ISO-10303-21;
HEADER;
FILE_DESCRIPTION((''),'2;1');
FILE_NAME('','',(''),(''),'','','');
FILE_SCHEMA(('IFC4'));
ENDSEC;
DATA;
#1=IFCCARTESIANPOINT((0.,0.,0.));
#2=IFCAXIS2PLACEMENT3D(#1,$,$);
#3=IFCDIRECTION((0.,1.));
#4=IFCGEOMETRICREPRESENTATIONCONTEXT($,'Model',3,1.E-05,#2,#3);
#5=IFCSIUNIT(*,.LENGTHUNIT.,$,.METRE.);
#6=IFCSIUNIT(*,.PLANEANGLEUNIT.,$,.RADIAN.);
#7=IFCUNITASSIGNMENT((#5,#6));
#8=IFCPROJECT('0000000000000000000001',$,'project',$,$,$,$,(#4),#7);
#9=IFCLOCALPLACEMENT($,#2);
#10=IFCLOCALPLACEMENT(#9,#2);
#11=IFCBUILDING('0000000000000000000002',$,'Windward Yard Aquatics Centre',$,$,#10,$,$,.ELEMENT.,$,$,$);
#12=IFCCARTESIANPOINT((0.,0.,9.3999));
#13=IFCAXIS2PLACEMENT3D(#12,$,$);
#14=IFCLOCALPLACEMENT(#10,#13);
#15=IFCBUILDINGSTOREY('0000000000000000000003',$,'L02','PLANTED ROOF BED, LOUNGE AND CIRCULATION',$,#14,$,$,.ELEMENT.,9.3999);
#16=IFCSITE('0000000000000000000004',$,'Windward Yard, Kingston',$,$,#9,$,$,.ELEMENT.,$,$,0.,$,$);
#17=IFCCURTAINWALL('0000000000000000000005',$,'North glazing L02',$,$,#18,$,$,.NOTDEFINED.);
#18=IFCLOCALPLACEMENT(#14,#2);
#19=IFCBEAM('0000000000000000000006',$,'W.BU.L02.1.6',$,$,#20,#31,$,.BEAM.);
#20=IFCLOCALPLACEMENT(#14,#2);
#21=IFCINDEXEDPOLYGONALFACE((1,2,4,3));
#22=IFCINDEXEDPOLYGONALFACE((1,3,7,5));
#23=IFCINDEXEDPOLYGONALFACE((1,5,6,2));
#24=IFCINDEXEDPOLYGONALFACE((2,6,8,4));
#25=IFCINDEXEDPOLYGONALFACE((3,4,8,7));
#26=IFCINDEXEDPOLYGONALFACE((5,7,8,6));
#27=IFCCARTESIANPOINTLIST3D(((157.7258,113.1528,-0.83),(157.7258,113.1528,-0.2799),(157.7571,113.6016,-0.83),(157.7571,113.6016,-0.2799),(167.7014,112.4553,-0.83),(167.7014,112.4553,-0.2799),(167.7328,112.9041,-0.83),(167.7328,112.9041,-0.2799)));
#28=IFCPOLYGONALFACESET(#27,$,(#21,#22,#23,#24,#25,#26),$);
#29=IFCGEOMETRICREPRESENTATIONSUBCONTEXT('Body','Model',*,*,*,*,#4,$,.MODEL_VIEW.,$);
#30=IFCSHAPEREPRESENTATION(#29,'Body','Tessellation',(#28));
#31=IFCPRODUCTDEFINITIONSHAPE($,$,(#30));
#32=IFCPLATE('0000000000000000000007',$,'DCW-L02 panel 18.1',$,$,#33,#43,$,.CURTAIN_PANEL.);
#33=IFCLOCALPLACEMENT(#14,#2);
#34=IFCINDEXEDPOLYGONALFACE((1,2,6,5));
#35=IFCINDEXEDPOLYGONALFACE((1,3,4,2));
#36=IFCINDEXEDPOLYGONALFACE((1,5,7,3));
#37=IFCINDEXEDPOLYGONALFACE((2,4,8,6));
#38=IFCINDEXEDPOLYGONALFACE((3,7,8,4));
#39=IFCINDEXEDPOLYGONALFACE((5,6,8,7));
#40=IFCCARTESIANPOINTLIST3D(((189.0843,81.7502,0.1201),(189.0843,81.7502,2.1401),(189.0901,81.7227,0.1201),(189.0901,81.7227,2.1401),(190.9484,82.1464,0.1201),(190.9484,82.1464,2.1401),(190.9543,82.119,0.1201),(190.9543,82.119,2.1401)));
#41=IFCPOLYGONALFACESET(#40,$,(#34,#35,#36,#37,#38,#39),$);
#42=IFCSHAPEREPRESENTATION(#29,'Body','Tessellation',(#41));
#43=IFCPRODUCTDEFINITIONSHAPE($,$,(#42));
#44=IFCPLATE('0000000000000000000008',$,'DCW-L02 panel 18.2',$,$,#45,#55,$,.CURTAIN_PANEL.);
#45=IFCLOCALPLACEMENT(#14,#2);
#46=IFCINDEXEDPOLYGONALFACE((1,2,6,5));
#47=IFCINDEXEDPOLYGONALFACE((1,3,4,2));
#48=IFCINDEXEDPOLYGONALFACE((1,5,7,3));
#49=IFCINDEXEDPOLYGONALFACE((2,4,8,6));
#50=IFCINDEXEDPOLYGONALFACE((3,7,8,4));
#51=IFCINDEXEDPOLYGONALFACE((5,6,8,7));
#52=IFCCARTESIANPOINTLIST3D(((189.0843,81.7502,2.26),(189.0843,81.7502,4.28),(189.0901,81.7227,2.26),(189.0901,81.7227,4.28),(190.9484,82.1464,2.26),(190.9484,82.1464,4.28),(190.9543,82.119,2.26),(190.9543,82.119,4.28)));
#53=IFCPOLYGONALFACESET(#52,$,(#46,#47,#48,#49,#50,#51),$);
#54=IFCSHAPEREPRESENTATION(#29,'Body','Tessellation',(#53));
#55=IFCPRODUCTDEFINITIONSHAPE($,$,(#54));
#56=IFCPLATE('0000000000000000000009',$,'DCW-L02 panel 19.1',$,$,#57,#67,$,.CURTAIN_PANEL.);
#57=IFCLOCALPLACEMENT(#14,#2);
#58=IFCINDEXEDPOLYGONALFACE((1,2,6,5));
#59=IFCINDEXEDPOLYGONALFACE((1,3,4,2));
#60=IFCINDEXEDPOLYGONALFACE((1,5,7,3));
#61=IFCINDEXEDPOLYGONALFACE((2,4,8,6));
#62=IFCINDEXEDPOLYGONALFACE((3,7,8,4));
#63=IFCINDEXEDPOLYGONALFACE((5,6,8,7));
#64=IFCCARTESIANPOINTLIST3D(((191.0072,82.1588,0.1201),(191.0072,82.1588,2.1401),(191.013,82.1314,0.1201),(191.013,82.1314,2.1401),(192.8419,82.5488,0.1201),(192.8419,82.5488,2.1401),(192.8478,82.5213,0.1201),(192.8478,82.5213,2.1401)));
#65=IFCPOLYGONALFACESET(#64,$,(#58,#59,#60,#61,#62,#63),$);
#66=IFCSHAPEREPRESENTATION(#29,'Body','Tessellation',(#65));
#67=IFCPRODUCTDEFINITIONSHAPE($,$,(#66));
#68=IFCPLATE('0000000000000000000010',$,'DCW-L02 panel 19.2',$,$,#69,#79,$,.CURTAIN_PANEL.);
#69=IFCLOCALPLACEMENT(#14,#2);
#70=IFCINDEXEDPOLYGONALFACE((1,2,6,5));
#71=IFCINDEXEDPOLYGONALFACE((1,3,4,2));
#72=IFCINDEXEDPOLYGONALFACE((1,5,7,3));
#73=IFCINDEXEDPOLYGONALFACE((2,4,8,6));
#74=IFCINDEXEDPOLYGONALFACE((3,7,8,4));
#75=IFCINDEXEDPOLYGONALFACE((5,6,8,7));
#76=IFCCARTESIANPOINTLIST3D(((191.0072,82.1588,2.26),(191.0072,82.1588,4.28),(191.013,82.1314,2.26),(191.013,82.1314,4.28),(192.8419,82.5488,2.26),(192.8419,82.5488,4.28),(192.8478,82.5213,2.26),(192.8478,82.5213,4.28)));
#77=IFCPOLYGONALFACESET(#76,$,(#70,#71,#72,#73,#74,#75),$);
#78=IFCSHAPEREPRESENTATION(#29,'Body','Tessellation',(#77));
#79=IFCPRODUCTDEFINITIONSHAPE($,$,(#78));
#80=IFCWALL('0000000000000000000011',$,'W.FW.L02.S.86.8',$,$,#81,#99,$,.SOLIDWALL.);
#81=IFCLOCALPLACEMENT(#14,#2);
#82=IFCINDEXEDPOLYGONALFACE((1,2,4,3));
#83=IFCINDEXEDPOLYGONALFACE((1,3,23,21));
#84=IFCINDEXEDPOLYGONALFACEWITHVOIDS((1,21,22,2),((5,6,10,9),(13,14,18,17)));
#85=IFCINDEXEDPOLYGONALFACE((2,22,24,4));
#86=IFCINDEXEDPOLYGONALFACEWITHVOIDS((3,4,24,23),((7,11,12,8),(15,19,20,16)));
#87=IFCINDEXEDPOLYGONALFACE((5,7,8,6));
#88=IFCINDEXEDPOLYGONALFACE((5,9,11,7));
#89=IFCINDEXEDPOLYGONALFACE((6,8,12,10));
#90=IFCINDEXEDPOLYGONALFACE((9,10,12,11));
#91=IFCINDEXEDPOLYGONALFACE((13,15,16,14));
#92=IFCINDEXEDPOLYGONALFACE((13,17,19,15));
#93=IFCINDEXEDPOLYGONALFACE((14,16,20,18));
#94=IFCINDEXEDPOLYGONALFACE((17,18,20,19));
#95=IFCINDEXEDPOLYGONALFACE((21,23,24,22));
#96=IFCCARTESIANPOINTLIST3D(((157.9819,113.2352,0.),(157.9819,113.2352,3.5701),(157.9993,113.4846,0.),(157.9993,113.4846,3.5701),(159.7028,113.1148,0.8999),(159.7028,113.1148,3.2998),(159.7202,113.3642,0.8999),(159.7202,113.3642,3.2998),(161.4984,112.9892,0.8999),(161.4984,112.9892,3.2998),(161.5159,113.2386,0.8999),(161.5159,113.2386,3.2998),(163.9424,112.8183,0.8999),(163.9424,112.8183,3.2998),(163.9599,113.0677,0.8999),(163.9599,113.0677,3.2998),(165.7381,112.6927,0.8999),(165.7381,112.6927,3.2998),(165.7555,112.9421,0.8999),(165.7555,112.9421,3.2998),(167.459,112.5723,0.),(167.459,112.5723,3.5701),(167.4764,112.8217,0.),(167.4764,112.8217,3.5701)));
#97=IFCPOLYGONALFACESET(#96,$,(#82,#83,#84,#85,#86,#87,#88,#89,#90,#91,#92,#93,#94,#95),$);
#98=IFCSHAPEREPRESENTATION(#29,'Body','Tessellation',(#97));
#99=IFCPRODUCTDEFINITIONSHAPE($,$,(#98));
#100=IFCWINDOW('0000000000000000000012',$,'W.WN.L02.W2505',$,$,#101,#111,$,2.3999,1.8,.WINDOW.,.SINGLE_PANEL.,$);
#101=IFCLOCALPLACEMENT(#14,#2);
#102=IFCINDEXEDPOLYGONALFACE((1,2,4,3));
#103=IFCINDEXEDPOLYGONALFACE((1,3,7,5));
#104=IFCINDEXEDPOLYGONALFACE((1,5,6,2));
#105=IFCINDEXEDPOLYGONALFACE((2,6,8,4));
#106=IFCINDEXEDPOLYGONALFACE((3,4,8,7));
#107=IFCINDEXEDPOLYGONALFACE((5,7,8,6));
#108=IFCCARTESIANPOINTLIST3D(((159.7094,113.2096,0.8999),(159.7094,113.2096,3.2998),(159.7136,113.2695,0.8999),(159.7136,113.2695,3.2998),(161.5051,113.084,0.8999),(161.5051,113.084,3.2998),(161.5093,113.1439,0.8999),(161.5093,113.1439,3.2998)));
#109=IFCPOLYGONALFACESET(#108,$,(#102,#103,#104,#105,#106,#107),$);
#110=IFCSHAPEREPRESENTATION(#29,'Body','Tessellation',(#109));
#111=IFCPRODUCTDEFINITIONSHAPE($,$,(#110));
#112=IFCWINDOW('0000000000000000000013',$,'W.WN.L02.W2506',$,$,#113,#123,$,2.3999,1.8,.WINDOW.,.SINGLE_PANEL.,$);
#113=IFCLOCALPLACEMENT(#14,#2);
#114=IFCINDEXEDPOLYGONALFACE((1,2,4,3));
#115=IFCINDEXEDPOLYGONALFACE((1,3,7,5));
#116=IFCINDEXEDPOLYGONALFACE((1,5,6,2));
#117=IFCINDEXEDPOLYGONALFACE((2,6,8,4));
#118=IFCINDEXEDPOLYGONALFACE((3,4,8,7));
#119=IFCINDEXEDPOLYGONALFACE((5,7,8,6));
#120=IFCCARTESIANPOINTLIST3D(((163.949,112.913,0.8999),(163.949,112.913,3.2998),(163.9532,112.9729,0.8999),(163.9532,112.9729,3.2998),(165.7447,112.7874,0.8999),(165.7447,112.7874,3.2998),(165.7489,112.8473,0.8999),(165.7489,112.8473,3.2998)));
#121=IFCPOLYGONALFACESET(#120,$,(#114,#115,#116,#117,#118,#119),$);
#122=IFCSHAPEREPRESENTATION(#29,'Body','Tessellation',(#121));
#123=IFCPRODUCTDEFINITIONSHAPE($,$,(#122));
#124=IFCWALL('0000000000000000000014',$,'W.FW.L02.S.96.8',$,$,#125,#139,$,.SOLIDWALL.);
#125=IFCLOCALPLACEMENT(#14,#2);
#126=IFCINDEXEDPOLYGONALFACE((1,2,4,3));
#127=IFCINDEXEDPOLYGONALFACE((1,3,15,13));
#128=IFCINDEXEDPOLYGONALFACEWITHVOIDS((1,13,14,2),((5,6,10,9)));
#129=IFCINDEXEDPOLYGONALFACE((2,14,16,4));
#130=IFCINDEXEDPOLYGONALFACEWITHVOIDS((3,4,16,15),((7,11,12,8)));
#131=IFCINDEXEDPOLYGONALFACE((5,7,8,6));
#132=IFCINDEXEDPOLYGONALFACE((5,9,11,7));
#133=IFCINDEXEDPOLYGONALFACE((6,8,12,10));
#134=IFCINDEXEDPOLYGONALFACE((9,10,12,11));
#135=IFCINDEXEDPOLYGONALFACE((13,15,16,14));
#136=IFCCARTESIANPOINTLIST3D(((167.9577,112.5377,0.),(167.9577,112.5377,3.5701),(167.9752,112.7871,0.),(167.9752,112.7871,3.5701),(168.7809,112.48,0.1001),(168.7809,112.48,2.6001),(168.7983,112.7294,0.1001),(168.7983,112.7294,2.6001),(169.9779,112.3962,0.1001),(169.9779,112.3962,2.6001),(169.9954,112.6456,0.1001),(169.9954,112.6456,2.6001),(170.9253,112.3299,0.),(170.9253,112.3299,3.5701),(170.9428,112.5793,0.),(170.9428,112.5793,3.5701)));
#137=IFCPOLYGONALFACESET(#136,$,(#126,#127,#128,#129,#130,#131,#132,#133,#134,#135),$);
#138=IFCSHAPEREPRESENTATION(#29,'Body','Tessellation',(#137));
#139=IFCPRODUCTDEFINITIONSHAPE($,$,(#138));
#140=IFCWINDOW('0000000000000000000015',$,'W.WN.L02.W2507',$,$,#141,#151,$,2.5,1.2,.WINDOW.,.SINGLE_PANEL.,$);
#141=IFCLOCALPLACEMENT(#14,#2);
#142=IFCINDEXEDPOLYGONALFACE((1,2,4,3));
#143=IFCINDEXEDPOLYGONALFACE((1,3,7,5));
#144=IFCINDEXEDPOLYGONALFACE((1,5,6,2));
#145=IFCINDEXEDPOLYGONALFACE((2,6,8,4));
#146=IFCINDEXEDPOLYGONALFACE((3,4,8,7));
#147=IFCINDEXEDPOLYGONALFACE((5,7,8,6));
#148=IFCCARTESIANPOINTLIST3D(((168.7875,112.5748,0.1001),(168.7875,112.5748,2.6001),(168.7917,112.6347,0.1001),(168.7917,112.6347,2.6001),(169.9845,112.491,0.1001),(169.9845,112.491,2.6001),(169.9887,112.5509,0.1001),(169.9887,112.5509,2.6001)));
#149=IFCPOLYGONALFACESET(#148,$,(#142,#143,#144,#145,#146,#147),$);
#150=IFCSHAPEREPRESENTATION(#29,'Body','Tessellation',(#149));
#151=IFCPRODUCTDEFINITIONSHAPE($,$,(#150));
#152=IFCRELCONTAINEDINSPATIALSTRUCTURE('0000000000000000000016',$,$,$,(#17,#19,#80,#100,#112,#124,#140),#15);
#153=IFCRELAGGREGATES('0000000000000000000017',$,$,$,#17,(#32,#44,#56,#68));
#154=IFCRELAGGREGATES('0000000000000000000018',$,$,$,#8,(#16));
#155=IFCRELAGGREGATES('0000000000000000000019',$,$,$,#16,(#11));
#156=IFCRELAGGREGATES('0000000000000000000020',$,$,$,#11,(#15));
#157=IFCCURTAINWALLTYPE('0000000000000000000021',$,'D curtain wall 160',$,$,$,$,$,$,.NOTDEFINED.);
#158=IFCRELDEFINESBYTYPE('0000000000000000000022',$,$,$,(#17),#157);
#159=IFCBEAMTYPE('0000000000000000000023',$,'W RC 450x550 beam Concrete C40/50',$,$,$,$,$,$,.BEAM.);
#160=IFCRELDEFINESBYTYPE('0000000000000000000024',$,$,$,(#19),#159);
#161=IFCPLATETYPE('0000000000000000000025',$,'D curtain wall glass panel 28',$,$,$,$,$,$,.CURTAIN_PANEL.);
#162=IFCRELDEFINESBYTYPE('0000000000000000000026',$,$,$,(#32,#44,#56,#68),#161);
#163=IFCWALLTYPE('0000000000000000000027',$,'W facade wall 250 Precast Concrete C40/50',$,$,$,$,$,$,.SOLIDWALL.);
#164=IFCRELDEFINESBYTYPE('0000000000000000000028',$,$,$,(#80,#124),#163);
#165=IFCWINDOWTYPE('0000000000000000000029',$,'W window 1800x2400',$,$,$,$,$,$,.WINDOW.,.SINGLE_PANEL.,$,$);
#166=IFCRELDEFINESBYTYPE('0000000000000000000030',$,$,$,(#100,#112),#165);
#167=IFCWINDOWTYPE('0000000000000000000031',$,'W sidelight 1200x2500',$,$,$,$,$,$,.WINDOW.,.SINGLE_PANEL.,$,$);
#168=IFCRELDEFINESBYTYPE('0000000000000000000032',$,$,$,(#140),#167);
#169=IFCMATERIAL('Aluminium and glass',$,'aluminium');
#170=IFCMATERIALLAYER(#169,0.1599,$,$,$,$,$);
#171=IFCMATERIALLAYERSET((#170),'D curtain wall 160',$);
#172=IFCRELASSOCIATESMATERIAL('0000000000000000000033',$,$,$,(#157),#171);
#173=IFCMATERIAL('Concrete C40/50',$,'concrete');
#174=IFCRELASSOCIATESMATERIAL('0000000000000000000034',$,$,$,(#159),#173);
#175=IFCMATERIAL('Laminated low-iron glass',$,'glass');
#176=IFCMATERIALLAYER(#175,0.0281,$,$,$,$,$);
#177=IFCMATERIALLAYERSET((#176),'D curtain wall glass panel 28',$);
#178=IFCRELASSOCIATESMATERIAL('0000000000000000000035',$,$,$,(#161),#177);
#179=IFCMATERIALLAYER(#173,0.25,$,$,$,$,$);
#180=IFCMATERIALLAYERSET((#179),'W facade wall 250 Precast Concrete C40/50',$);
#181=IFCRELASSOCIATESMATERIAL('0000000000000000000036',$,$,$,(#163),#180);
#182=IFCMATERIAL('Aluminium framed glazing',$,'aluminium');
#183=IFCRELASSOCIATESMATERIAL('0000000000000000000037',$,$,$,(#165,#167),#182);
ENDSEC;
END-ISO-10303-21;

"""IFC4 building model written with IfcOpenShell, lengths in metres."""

from ifc_helpers import new_model, si_unit, direction, frame, frame_2d, origin, origin_2d, place, context, subcontext, project, spatial, rectangle, extrude, material, layer, layer_set, material_profile, profile_set, type_object, element, fill, aggregate, save


model = new_model("IFC4")

# Units and contexts
model_context = context("Model", 3, precision=1e-05, world=origin(), true_north=direction((0.0, 1.0)))
body_context = subcontext(model_context, "Body", "Model", "MODEL_VIEW")
ifc_project = project(units=[si_unit("LENGTHUNIT", "METRE"), si_unit("PLANEANGLEUNIT", "RADIAN")], contexts=[model_context])

# Site, building, storey
site_placement = place(None, origin())
site = spatial("IfcSite", under=ifc_project, at=site_placement, Name="Windward Yard, Kingston", CompositionType="ELEMENT", RefElevation=0.0)
building_placement = place(site_placement, origin())
building = spatial("IfcBuilding", under=site, at=building_placement, Name="Windward Yard Aquatics Centre", CompositionType="ELEMENT")
storey_placement = place(building_placement, frame((0.0, 0.0, 9.3999)))
storey = spatial("IfcBuildingStorey", under=building, at=storey_placement, Name="L02", Description="PLANTED ROOF BED, LOUNGE AND CIRCULATION", CompositionType="ELEMENT", Elevation=9.3999)

# Curtain wall
ifc_material_1 = material(Name="Aluminium and glass", Category="aluminium")
ifc_layer_1 = layer(ifc_material_1, 0.1599)
ifc_layer_set_1 = layer_set([ifc_layer_1], Name="D curtain wall 160")
curtain_wall_type = type_object("IfcCurtainWallType", Name="D curtain wall 160", PredefinedType="NOTDEFINED", material=ifc_layer_set_1)
curtain_wall_placement = place(storey_placement, origin())
curtain_wall = element("IfcCurtainWall", 1, at=curtain_wall_placement, inside=storey, type_object=curtain_wall_type, Name="North glazing L02", PredefinedType="NOTDEFINED")

# Beam
ifc_material_2 = material(Name="Concrete C40/50", Category="concrete")
ifc_material_profile_1 = material_profile(ifc_material_2, rectangle(XDim=0.45, YDim=0.55, at=origin_2d()), Name="RC 450x550")
ifc_profile_set_1 = profile_set([ifc_material_profile_1], Name="Concrete C40/50")
beam_type_1 = type_object("IfcBeamType", Name="W RC 450x550 beam Concrete C40/50", PredefinedType="BEAM", material=ifc_profile_set_1)
beam_1_placement = place(storey_placement, frame((157.7415, 113.3772, -0.5549), z_axis=(0.997564, -0.069751, 0.0), x_axis=(0.069751, 0.997564, 0.0)))
element("IfcBeam", 2, at=beam_1_placement, inside=storey, type_object=beam_type_1, Name="W.BU.L02.1.6", PredefinedType="BEAM", context=body_context, shape_type="SweptSolid", body=[
    extrude(rectangle(XDim=0.45, YDim=0.55, at=origin_2d()), origin(), (0.0, 0.0, 1.0), 10.0),
])

# Plates
ifc_material_3 = material(Name="Laminated low-iron glass", Category="glass")
ifc_layer_2 = layer(ifc_material_3, 0.0281)
ifc_layer_set_2 = layer_set([ifc_layer_2], Name="D curtain wall glass panel 28")
plate_type = type_object("IfcPlateType", Name="D curtain wall glass panel 28", PredefinedType="CURTAIN_PANEL", material=ifc_layer_set_2)
plate_1_placement = place(storey_placement, frame((190.0193, 81.9346, 0.1201), z_axis=(0.0, 0.0, 1.0), x_axis=(0.978148, 0.207912, 0.0)))
plate_1 = element("IfcPlate", 3, at=plate_1_placement, type_object=plate_type, Name="DCW-L02 panel 18.1", PredefinedType="CURTAIN_PANEL", context=body_context, shape_type="SweptSolid", body=[
    extrude(rectangle(XDim=1.9058, YDim=0.0281, at=origin_2d()), origin(), (0.0, 0.0, 1.0), 2.02),
])
plate_2_placement = place(storey_placement, frame((190.0193, 81.9346, 2.26), z_axis=(0.0, 0.0, 1.0), x_axis=(0.978148, 0.207912, 0.0)))
plate_2 = element("IfcPlate", 4, at=plate_2_placement, type_object=plate_type, Name="DCW-L02 panel 18.2", PredefinedType="CURTAIN_PANEL", context=body_context, shape_type="SweptSolid", body=[
    extrude(rectangle(XDim=1.9058, YDim=0.0281, at=origin_2d()), origin(), (0.0, 0.0, 1.0), 2.02),
])
plate_3_placement = place(storey_placement, frame((191.9275, 82.3401, 0.1201), z_axis=(0.0, 0.0, 1.0), x_axis=(0.978148, 0.207912, 0.0)))
plate_3 = element("IfcPlate", 5, at=plate_3_placement, type_object=plate_type, Name="DCW-L02 panel 19.1", PredefinedType="CURTAIN_PANEL", context=body_context, shape_type="SweptSolid", body=[
    extrude(rectangle(XDim=1.8757, YDim=0.0281, at=origin_2d()), origin(), (0.0, 0.0, 1.0), 2.02),
])
plate_4_placement = place(storey_placement, frame((191.9275, 82.3401, 2.26), z_axis=(0.0, 0.0, 1.0), x_axis=(0.978148, 0.207912, 0.0)))
plate_4 = element("IfcPlate", 6, at=plate_4_placement, type_object=plate_type, Name="DCW-L02 panel 19.2", PredefinedType="CURTAIN_PANEL", context=body_context, shape_type="SweptSolid", body=[
    extrude(rectangle(XDim=1.8757, YDim=0.0281, at=origin_2d()), origin(), (0.0, 0.0, 1.0), 2.02),
])
aggregate(curtain_wall, [plate_1, plate_2, plate_3, plate_4])

# Wall, openings, windows
ifc_layer_3 = layer(ifc_material_2, 0.25)
ifc_layer_set_3 = layer_set([ifc_layer_3], Name="W facade wall 250 Precast Concrete C40/50")
wall_type = type_object("IfcWallType", Name="W facade wall 250 Precast Concrete C40/50", PredefinedType="SOLIDWALL", material=ifc_layer_set_3)
wall_1_placement = place(storey_placement, frame((157.9907, 113.3599, 0.0), z_axis=(0.0, 0.0, 1.0), x_axis=(0.997563, -0.069771, 0.0)))
wall_1 = element("IfcWall", 7, at=wall_1_placement, inside=storey, type_object=wall_type, Name="W.FW.L02.S.86.8", PredefinedType="SOLIDWALL", context=body_context, shape_type="SweptSolid", body=[
    extrude(rectangle(XDim=9.5002, YDim=0.25, at=frame_2d((4.75, 0.0))), origin(), (0.0, 0.0, 1.0), 3.5701),
])
opening_1_placement = place(wall_1_placement, frame((1.7251, 0.0, 0.8999)))
opening_1 = element("IfcOpeningElement", 8, at=opening_1_placement, cuts=wall_1, PredefinedType="OPENING", context=body_context, shape_type="SweptSolid", body=[
    extrude(rectangle(XDim=1.8, YDim=2.3999, at=frame_2d((0.8999, 1.2))), frame((0.0, 0.135, 0.0), z_axis=(0.0, -1.0, 0.0), x_axis=(1.0, 0.0, 0.0)), (0.0, 0.0, 1.0), 0.27),
])
opening_2_placement = place(wall_1_placement, frame((5.9751, 0.0, 0.8999)))
opening_2 = element("IfcOpeningElement", 9, at=opening_2_placement, cuts=wall_1, PredefinedType="OPENING", context=body_context, shape_type="SweptSolid", body=[
    extrude(rectangle(XDim=1.8, YDim=2.3999, at=frame_2d((0.8999, 1.2))), frame((0.0, 0.135, 0.0), z_axis=(0.0, -1.0, 0.0), x_axis=(1.0, 0.0, 0.0)), (0.0, 0.0, 1.0), 0.27),
])
ifc_material_4 = material(Name="Aluminium framed glazing", Category="aluminium")
window_type_1 = type_object("IfcWindowType", Name="W window 1800x2400", PartitioningType="SINGLE_PANEL", PredefinedType="WINDOW", material=ifc_material_4)
window_1_placement = place(opening_1_placement, origin())
window_1 = element("IfcWindow", 10, at=window_1_placement, inside=storey, type_object=window_type_1, Name="W.WN.L02.W2505", OverallHeight=2.3999, OverallWidth=1.8, PartitioningType="SINGLE_PANEL", PredefinedType="WINDOW", context=body_context, shape_type="SweptSolid", body=[
    extrude(rectangle(XDim=1.8, YDim=2.3999, at=frame_2d((0.8999, 1.2))), frame((0.0, 0.03, 0.0), z_axis=(0.0, -1.0, 0.0), x_axis=(1.0, 0.0, 0.0)), (0.0, 0.0, 1.0), 0.0601),
])
fill(opening_1, window_1)
window_2_placement = place(opening_2_placement, origin())
window_2 = element("IfcWindow", 11, at=window_2_placement, inside=storey, type_object=window_type_1, Name="W.WN.L02.W2506", OverallHeight=2.3999, OverallWidth=1.8, PartitioningType="SINGLE_PANEL", PredefinedType="WINDOW", context=body_context, shape_type="SweptSolid", body=[
    extrude(rectangle(XDim=1.8, YDim=2.3999, at=frame_2d((0.8999, 1.2))), frame((0.0, 0.03, 0.0), z_axis=(0.0, -1.0, 0.0), x_axis=(1.0, 0.0, 0.0)), (0.0, 0.0, 1.0), 0.0601),
])
fill(opening_2, window_2)

# Wall, opening, window
wall_2_placement = place(storey_placement, frame((167.9666, 112.6624, 0.0), z_axis=(0.0, 0.0, 1.0), x_axis=(0.997558, -0.069841, 0.0)))
wall_2 = element("IfcWall", 12, at=wall_2_placement, inside=storey, type_object=wall_type, Name="W.FW.L02.S.96.8", PredefinedType="SOLIDWALL", context=body_context, shape_type="SweptSolid", body=[
    extrude(rectangle(XDim=2.9749, YDim=0.25, at=frame_2d((1.4873, 0.0))), origin(), (0.0, 0.0, 1.0), 3.5701),
])
opening_3_placement = place(wall_2_placement, frame((0.825, 0.0, 0.1001)))
opening_3 = element("IfcOpeningElement", 13, at=opening_3_placement, cuts=wall_2, PredefinedType="OPENING", context=body_context, shape_type="SweptSolid", body=[
    extrude(rectangle(XDim=1.2, YDim=2.5, at=frame_2d((0.6001, 1.25))), frame((0.0, 0.135, 0.0), z_axis=(0.0, -1.0, 0.0), x_axis=(1.0, 0.0, 0.0)), (0.0, 0.0, 1.0), 0.27),
])
window_type_2 = type_object("IfcWindowType", Name="W sidelight 1200x2500", PartitioningType="SINGLE_PANEL", PredefinedType="WINDOW", material=ifc_material_4)
window_3_placement = place(opening_3_placement, origin())
window_3 = element("IfcWindow", 14, at=window_3_placement, inside=storey, type_object=window_type_2, Name="W.WN.L02.W2507", OverallHeight=2.5, OverallWidth=1.2, PartitioningType="SINGLE_PANEL", PredefinedType="WINDOW", context=body_context, shape_type="SweptSolid", body=[
    extrude(rectangle(XDim=1.2, YDim=2.5, at=frame_2d((0.6001, 1.25))), frame((0.0, 0.03, 0.0), z_axis=(0.0, -1.0, 0.0), x_axis=(1.0, 0.0, 0.0)), (0.0, 0.0, 1.0), 0.0601),
])
fill(opening_3, window_3)

save(model, "model.ifc")
